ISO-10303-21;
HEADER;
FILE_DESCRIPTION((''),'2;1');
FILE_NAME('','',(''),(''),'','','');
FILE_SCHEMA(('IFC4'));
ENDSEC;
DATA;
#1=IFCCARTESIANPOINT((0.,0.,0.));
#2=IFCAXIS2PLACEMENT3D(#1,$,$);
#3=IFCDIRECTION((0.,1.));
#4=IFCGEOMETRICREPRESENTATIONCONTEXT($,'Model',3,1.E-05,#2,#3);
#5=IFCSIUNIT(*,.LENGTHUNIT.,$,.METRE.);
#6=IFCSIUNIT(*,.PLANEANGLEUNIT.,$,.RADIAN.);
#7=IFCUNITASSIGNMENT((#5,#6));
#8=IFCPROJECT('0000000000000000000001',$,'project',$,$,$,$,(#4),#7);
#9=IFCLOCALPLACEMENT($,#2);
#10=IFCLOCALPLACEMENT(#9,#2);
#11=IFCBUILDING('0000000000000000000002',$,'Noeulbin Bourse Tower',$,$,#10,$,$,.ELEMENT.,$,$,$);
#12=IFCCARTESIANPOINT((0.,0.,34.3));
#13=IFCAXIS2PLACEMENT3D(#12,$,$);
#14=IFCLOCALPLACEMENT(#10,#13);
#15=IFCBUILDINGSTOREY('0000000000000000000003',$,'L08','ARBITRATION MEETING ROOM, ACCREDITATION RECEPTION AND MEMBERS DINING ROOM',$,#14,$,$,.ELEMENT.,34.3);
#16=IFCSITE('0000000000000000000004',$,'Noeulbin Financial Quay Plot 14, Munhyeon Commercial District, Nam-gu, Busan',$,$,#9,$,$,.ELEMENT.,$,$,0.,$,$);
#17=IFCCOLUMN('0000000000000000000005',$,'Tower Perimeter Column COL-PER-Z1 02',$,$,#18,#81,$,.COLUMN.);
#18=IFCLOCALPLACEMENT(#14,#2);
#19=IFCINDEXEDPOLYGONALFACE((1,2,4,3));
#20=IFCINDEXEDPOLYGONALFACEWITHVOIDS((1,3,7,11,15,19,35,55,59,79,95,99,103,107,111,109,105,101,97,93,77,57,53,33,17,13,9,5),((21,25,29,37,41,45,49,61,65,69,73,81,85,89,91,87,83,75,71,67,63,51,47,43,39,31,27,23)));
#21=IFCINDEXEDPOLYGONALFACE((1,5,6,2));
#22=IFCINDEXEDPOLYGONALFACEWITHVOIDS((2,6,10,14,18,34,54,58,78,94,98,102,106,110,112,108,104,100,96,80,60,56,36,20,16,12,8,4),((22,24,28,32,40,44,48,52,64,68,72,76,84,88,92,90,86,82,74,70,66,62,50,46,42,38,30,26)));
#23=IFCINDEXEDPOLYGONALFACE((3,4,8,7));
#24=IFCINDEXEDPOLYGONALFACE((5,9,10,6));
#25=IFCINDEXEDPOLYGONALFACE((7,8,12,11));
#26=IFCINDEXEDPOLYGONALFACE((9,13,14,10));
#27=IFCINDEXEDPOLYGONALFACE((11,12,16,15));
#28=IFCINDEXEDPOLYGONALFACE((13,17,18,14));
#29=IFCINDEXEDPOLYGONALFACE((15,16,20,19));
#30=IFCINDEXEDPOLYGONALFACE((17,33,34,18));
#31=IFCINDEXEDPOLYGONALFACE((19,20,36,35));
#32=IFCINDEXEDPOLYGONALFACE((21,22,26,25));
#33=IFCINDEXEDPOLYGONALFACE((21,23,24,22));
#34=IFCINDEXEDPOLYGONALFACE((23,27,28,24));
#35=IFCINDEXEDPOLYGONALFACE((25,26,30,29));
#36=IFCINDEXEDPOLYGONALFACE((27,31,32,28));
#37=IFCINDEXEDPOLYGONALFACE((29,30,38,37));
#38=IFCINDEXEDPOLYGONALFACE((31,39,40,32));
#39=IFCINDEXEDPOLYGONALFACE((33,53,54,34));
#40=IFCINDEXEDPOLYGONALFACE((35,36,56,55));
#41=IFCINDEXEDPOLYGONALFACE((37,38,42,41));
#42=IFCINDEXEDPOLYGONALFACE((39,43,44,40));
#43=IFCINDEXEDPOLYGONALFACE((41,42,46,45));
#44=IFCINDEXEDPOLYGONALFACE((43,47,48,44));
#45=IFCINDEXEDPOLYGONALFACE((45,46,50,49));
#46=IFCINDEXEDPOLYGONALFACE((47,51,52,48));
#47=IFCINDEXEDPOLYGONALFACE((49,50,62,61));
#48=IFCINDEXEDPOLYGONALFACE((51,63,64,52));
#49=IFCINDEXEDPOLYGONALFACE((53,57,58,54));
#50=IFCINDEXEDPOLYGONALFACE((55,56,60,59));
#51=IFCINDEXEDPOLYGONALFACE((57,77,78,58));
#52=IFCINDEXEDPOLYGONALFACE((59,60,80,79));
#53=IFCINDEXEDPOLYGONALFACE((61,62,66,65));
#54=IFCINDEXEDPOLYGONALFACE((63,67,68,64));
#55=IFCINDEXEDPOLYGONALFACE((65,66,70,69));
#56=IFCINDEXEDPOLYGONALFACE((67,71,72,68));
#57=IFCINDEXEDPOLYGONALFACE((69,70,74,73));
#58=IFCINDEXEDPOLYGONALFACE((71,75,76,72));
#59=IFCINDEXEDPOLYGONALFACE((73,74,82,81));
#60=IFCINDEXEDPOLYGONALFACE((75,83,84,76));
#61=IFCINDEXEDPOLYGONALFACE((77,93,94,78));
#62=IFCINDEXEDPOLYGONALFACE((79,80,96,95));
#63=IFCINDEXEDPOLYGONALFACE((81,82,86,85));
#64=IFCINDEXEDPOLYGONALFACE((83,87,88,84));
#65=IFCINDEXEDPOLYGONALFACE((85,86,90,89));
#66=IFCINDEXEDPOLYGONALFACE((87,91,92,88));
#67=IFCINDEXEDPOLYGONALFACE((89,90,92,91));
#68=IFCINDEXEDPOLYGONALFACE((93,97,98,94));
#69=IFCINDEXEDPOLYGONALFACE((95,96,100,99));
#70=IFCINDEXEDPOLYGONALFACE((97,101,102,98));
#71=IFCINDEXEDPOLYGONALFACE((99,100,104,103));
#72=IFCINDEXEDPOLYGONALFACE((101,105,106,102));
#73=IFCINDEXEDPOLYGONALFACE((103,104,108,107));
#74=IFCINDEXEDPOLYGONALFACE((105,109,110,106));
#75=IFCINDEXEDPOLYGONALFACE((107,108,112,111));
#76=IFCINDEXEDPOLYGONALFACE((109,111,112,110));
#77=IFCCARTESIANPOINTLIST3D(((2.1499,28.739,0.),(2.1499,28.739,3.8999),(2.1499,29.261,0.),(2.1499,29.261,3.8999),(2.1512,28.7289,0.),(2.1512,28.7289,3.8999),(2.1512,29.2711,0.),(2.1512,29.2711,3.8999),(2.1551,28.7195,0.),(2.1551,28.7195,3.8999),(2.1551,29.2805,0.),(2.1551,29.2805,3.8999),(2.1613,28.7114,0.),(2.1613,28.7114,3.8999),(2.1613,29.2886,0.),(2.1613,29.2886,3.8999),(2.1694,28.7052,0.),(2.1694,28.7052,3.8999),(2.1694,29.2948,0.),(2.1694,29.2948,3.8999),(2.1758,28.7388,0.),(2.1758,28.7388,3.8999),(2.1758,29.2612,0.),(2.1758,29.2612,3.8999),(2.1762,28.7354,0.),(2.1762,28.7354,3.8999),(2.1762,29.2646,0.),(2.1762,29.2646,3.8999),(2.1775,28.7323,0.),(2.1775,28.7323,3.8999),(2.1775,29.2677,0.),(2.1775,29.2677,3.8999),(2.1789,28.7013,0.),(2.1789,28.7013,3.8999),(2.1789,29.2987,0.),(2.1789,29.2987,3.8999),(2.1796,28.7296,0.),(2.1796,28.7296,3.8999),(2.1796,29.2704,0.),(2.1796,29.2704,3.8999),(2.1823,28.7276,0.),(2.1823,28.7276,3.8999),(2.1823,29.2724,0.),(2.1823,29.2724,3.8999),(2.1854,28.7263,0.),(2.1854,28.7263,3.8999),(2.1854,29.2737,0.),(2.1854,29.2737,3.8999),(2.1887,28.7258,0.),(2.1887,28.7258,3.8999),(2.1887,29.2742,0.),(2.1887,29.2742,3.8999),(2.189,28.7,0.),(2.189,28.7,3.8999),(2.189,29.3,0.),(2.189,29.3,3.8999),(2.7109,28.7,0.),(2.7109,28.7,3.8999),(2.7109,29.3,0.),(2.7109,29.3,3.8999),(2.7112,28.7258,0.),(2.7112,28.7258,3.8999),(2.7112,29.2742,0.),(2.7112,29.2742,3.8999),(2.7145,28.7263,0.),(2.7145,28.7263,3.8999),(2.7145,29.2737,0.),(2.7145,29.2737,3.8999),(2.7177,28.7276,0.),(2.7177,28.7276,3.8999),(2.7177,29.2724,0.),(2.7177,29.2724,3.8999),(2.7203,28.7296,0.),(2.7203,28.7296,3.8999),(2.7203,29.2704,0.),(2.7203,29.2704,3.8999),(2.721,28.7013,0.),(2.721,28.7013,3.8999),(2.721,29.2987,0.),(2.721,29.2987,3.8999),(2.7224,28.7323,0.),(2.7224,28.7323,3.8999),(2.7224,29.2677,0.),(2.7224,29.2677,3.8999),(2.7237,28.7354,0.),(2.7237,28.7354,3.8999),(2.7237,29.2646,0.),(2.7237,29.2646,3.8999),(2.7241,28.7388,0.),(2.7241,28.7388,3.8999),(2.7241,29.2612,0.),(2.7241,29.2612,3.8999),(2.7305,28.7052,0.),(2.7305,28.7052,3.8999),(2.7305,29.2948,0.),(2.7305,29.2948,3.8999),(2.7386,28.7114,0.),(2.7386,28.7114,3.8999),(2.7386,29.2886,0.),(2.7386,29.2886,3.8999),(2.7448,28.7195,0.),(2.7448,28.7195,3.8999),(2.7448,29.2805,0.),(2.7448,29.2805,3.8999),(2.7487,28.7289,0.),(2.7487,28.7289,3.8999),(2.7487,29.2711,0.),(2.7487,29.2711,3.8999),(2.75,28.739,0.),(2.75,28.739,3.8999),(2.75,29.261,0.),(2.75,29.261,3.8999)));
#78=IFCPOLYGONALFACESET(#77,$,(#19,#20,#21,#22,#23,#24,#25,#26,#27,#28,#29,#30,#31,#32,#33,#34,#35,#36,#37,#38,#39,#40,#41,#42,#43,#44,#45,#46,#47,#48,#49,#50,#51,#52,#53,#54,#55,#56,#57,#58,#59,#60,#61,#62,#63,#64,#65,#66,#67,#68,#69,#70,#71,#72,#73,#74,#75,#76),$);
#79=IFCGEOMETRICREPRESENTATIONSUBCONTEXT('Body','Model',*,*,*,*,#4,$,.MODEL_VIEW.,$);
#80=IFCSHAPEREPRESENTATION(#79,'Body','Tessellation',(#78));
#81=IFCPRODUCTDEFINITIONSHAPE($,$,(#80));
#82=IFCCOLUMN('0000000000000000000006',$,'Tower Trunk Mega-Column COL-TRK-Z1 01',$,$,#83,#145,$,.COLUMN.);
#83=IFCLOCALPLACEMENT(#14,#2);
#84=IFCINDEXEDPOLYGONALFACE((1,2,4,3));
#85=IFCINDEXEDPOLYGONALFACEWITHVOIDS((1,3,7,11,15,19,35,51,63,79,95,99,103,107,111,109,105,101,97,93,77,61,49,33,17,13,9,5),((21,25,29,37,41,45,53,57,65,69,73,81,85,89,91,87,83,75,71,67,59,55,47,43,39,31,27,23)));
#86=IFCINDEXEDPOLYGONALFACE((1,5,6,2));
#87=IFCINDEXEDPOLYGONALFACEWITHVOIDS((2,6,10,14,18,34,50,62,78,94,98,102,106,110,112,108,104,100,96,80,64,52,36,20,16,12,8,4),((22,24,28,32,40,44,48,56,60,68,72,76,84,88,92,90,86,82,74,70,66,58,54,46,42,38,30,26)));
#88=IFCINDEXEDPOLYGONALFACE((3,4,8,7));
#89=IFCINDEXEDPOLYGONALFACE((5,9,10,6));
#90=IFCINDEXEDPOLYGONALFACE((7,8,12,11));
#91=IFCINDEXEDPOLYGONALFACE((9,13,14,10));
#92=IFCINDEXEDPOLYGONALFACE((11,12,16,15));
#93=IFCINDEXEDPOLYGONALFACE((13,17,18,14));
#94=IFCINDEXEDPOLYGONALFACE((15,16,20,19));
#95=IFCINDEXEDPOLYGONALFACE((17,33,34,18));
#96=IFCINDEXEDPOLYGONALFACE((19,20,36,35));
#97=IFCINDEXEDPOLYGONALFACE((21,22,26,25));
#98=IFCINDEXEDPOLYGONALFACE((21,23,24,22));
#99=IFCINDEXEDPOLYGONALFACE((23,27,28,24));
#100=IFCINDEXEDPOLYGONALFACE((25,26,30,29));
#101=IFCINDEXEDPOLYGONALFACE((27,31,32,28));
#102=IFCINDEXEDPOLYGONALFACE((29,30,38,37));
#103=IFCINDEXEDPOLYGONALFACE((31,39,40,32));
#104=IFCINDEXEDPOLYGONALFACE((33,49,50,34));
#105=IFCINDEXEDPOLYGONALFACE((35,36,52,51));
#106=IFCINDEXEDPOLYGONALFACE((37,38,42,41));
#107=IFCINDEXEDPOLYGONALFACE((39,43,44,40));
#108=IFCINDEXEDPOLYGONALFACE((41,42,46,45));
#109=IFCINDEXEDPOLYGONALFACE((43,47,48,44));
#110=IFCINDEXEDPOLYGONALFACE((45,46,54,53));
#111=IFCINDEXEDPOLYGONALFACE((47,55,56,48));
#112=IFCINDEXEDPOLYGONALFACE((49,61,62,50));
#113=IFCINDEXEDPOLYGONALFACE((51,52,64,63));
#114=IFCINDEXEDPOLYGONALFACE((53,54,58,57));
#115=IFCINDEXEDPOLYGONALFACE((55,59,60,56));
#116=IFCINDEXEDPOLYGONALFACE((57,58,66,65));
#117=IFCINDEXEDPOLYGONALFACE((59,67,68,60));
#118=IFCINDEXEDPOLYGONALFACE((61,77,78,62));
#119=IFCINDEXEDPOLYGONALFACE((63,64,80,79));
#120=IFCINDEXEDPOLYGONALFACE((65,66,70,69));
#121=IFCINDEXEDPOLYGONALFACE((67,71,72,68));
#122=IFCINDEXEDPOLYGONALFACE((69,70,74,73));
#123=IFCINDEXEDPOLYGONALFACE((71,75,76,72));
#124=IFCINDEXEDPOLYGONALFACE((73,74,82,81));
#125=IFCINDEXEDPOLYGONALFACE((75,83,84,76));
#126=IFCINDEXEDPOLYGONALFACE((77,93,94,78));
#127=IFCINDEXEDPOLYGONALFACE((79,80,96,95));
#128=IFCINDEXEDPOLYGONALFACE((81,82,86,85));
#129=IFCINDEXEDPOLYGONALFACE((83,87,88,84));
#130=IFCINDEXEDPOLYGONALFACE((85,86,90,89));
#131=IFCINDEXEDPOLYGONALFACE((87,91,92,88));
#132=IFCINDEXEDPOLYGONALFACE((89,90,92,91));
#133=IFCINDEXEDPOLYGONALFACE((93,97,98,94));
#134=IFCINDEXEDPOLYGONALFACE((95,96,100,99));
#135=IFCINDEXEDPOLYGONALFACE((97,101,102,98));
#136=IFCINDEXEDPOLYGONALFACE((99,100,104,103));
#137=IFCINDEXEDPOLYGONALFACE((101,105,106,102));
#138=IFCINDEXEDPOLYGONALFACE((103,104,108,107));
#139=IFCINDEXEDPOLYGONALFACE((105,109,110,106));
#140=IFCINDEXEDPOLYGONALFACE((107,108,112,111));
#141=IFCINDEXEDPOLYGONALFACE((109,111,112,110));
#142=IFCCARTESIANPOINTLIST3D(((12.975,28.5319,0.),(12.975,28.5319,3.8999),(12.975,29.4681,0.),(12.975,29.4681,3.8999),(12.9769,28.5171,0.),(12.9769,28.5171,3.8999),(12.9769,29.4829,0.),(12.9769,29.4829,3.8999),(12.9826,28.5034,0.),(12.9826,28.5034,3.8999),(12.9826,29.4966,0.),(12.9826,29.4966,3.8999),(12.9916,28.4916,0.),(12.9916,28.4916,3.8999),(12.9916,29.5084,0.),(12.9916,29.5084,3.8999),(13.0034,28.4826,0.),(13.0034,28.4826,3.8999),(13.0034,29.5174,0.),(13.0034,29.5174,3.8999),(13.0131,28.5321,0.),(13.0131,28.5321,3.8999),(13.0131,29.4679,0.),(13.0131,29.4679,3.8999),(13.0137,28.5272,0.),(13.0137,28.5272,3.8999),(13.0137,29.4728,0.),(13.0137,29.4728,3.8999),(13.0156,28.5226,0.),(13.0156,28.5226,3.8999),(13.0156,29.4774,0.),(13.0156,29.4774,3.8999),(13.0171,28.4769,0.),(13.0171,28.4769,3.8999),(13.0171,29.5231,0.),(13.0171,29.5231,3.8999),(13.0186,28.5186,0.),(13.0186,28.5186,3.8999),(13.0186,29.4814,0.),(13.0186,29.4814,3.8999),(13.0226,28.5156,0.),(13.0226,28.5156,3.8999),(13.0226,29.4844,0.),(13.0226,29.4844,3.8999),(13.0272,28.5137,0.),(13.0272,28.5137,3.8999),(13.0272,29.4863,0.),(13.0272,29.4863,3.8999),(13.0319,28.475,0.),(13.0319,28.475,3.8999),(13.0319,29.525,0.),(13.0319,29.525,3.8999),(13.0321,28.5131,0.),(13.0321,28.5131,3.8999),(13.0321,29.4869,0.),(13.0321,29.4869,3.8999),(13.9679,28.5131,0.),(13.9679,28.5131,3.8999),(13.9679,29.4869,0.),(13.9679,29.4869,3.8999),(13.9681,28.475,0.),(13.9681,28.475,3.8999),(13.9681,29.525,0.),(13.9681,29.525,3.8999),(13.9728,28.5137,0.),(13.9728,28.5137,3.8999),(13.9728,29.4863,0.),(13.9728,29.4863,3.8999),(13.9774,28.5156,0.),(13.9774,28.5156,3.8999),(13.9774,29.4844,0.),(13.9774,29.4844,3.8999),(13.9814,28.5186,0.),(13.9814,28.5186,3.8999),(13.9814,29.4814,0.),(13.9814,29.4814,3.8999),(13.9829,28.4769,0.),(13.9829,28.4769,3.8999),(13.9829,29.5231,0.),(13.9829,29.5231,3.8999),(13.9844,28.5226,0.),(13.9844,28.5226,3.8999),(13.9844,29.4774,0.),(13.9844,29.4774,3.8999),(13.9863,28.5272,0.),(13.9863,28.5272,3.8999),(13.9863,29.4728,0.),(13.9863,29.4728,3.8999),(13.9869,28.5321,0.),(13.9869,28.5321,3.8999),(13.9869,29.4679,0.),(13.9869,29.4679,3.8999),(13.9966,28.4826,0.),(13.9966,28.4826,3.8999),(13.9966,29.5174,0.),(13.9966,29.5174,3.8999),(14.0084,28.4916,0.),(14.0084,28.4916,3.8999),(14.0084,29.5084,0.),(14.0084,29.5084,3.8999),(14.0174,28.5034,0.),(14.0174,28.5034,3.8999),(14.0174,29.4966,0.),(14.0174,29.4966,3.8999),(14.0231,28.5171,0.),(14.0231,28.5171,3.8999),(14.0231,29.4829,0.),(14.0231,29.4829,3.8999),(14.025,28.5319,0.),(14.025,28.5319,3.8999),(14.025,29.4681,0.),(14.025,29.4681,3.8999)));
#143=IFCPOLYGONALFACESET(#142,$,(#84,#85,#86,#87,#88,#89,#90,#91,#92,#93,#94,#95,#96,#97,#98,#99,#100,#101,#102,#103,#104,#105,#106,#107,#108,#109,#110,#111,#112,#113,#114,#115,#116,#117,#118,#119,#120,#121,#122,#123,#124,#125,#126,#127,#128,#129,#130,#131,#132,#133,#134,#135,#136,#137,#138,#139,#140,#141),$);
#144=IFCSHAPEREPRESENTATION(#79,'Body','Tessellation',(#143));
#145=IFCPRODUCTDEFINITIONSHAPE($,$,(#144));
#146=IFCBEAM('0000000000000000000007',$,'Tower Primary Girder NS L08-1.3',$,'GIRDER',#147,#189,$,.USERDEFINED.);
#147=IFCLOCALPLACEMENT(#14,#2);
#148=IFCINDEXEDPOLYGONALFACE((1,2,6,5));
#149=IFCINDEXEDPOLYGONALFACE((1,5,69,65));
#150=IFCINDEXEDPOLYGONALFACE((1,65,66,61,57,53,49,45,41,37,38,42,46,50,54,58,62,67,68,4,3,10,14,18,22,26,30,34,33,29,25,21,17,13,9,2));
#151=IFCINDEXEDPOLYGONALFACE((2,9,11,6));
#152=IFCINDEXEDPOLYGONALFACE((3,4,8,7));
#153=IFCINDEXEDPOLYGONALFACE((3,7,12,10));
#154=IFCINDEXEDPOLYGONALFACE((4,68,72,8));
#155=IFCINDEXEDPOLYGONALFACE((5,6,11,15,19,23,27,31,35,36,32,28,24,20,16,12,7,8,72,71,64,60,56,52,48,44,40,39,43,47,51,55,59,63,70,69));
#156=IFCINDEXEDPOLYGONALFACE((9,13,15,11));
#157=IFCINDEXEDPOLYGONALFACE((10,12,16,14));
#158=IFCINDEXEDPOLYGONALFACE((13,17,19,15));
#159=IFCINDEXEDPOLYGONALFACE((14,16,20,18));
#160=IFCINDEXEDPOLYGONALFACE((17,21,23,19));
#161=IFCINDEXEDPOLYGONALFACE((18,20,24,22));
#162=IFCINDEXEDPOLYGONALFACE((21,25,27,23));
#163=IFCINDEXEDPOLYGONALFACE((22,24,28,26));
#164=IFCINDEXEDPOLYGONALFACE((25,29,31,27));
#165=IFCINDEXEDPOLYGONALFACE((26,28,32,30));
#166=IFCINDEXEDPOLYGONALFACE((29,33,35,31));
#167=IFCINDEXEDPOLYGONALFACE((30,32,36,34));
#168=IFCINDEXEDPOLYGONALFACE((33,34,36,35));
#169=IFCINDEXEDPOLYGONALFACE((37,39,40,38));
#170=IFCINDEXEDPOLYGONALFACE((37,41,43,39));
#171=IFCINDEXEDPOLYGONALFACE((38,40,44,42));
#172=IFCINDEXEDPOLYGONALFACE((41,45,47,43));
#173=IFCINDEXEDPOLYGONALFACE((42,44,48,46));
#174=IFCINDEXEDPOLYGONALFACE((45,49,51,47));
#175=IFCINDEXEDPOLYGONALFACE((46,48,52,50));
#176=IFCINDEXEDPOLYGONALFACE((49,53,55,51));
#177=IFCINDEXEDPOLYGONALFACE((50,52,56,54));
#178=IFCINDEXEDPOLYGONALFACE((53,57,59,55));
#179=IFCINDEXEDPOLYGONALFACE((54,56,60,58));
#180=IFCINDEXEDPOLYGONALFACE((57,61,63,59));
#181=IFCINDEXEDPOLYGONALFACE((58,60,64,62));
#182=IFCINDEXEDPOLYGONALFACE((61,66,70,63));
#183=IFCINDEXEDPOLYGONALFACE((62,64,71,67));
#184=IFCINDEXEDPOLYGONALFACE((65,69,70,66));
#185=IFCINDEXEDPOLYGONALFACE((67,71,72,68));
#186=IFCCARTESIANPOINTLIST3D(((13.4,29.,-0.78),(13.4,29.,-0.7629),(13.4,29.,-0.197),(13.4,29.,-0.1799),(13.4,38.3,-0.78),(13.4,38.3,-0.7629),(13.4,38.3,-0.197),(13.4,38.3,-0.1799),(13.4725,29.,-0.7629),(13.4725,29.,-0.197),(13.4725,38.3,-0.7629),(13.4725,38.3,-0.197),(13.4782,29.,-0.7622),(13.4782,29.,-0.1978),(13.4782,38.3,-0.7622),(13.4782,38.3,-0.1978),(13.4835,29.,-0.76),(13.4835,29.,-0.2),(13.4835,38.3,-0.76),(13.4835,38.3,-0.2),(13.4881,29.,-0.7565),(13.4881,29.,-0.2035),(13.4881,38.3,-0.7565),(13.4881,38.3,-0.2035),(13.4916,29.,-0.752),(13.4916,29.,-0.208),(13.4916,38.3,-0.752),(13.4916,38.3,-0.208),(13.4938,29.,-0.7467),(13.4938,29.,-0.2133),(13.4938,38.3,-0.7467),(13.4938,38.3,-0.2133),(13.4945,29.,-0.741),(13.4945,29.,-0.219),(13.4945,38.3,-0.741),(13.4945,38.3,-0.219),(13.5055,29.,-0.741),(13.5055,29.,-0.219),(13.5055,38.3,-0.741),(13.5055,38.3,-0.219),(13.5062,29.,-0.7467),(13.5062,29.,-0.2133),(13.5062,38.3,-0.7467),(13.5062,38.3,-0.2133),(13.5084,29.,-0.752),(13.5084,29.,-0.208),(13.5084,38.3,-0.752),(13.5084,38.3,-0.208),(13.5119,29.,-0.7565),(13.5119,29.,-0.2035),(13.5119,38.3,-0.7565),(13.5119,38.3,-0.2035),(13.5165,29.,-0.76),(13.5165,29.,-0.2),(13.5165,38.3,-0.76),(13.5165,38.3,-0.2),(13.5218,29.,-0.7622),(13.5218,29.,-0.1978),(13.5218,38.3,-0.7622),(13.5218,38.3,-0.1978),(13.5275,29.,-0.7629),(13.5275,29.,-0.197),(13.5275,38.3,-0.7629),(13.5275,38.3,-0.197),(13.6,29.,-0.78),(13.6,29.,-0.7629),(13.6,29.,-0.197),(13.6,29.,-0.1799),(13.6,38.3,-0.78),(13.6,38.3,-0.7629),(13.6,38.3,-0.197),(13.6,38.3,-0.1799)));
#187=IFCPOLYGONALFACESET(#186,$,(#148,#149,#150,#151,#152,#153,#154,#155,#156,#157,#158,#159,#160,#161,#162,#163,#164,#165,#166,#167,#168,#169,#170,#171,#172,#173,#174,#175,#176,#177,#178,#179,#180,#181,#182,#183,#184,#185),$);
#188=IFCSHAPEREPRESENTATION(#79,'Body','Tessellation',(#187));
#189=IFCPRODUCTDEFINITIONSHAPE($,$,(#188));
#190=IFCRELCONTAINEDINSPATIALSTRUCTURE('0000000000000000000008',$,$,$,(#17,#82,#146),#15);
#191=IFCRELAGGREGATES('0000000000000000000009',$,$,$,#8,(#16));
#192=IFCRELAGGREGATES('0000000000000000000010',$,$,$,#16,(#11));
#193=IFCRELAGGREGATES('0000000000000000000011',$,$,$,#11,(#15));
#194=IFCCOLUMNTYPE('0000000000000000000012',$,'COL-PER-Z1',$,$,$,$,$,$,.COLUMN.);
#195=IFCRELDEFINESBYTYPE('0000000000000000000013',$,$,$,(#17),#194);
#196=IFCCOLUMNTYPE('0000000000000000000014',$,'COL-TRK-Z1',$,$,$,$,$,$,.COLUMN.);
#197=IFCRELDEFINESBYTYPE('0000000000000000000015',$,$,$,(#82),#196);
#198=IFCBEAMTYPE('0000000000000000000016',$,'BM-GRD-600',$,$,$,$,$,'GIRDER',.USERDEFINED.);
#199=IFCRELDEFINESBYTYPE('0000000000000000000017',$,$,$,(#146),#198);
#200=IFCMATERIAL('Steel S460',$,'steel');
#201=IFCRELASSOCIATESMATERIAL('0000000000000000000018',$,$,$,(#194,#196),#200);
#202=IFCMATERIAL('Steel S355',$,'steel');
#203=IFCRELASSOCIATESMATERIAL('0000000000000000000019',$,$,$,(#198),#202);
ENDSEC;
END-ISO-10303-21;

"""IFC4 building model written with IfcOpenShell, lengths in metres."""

from ifc_helpers import new_model, si_unit, direction, frame, origin, origin_2d, place, context, subcontext, project, spatial, hollow_rectangle, i_section, extrude, material, material_profile, profile_set, type_object, element, save


model = new_model("IFC4")

# Units and contexts
model_context = context("Model", 3, precision=1e-05, world=origin(), true_north=direction((0.0, 1.0)))
body_context = subcontext(model_context, "Body", "Model", "MODEL_VIEW")
ifc_project = project(units=[si_unit("LENGTHUNIT", "METRE"), si_unit("PLANEANGLEUNIT", "RADIAN")], contexts=[model_context])

# Site, building, storey
site_placement = place(None, origin())
site = spatial("IfcSite", under=ifc_project, at=site_placement, Name="Noeulbin Financial Quay Plot 14, Munhyeon Commercial District, Nam-gu, Busan", CompositionType="ELEMENT", RefElevation=0.0)
building_placement = place(site_placement, origin())
building = spatial("IfcBuilding", under=site, at=building_placement, Name="Noeulbin Bourse Tower", CompositionType="ELEMENT")
storey_placement = place(building_placement, frame((0.0, 0.0, 34.3)))
storey = spatial("IfcBuildingStorey", under=building, at=storey_placement, Name="L08", Description="ARBITRATION MEETING ROOM, ACCREDITATION RECEPTION AND MEMBERS DINING ROOM", CompositionType="ELEMENT", Elevation=34.3)

# Columns
ifc_material_1 = material(Name="Steel S460", Category="steel")
ifc_material_profile_1 = material_profile(ifc_material_1, hollow_rectangle(XDim=0.6001, YDim=0.6001, WallThickness=0.0259, InnerFilletRadius=0.0129, OuterFilletRadius=0.0391, at=origin_2d()), Name="BOX-600x600x26", Category="LoadBearing")
ifc_profile_set_1 = profile_set([ifc_material_profile_1], Name="Steel S460")
column_type_1 = type_object("IfcColumnType", Name="COL-PER-Z1", PredefinedType="COLUMN", material=ifc_profile_set_1)
column_1_placement = place(storey_placement, frame((2.45, 29.0, 0.0), z_axis=(0.0, 0.0, 1.0), x_axis=(1.0, 0.0, 0.0)))
element("IfcColumn", 1, at=column_1_placement, inside=storey, type_object=column_type_1, Name="Tower Perimeter Column COL-PER-Z1 02", PredefinedType="COLUMN", context=body_context, shape_type="SweptSolid", body=[
    extrude(hollow_rectangle(XDim=0.6001, YDim=0.6001, WallThickness=0.0259, InnerFilletRadius=0.0129, OuterFilletRadius=0.0391, at=origin_2d()), origin(), (0.0, 0.0, 1.0), 3.8999),
])
ifc_material_profile_2 = material_profile(ifc_material_1, hollow_rectangle(XDim=1.05, YDim=1.05, WallThickness=0.0381, InnerFilletRadius=0.019, OuterFilletRadius=0.0569, at=origin_2d()), Name="BOX-1050x1050x38", Category="LoadBearing")
ifc_profile_set_2 = profile_set([ifc_material_profile_2], Name="Steel S460")
column_type_2 = type_object("IfcColumnType", Name="COL-TRK-Z1", PredefinedType="COLUMN", material=ifc_profile_set_2)
column_2_placement = place(storey_placement, frame((13.5, 29.0, 0.0), z_axis=(0.0, 0.0, 1.0), x_axis=(1.0, 0.0, 0.0)))
element("IfcColumn", 2, at=column_2_placement, inside=storey, type_object=column_type_2, Name="Tower Trunk Mega-Column COL-TRK-Z1 01", PredefinedType="COLUMN", context=body_context, shape_type="SweptSolid", body=[
    extrude(hollow_rectangle(XDim=1.05, YDim=1.05, WallThickness=0.0381, InnerFilletRadius=0.019, OuterFilletRadius=0.0569, at=origin_2d()), origin(), (0.0, 0.0, 1.0), 3.8999),
])

# Beam
ifc_material_2 = material(Name="Steel S355", Category="steel")
ifc_material_profile_3 = material_profile(ifc_material_2, i_section(OverallWidth=0.2, OverallDepth=0.6001, WebThickness=0.011, FlangeThickness=0.0171, FilletRadius=0.022, at=origin_2d()), Name="H-600x200x11x17", Category="LoadBearing")
ifc_profile_set_3 = profile_set([ifc_material_profile_3], Name="Steel S355")
beam_type_1 = type_object("IfcBeamType", Name="BM-GRD-600", ElementType="GIRDER", PredefinedType="USERDEFINED", material=ifc_profile_set_3)
beam_1_placement = place(storey_placement, frame((13.5, 29.0, -0.48), z_axis=(0.0, 1.0, 0.0), x_axis=(-1.0, 0.0, 0.0)))
element("IfcBeam", 3, at=beam_1_placement, inside=storey, type_object=beam_type_1, Name="Tower Primary Girder NS L08-1.3", ObjectType="GIRDER", PredefinedType="USERDEFINED", context=body_context, shape_type="SweptSolid", body=[
    extrude(i_section(OverallWidth=0.2, OverallDepth=0.6001, WebThickness=0.011, FlangeThickness=0.0171, FilletRadius=0.022, at=origin_2d()), origin(), (0.0, 0.0, 1.0), 9.3),
])

save(model, "model.ifc")
